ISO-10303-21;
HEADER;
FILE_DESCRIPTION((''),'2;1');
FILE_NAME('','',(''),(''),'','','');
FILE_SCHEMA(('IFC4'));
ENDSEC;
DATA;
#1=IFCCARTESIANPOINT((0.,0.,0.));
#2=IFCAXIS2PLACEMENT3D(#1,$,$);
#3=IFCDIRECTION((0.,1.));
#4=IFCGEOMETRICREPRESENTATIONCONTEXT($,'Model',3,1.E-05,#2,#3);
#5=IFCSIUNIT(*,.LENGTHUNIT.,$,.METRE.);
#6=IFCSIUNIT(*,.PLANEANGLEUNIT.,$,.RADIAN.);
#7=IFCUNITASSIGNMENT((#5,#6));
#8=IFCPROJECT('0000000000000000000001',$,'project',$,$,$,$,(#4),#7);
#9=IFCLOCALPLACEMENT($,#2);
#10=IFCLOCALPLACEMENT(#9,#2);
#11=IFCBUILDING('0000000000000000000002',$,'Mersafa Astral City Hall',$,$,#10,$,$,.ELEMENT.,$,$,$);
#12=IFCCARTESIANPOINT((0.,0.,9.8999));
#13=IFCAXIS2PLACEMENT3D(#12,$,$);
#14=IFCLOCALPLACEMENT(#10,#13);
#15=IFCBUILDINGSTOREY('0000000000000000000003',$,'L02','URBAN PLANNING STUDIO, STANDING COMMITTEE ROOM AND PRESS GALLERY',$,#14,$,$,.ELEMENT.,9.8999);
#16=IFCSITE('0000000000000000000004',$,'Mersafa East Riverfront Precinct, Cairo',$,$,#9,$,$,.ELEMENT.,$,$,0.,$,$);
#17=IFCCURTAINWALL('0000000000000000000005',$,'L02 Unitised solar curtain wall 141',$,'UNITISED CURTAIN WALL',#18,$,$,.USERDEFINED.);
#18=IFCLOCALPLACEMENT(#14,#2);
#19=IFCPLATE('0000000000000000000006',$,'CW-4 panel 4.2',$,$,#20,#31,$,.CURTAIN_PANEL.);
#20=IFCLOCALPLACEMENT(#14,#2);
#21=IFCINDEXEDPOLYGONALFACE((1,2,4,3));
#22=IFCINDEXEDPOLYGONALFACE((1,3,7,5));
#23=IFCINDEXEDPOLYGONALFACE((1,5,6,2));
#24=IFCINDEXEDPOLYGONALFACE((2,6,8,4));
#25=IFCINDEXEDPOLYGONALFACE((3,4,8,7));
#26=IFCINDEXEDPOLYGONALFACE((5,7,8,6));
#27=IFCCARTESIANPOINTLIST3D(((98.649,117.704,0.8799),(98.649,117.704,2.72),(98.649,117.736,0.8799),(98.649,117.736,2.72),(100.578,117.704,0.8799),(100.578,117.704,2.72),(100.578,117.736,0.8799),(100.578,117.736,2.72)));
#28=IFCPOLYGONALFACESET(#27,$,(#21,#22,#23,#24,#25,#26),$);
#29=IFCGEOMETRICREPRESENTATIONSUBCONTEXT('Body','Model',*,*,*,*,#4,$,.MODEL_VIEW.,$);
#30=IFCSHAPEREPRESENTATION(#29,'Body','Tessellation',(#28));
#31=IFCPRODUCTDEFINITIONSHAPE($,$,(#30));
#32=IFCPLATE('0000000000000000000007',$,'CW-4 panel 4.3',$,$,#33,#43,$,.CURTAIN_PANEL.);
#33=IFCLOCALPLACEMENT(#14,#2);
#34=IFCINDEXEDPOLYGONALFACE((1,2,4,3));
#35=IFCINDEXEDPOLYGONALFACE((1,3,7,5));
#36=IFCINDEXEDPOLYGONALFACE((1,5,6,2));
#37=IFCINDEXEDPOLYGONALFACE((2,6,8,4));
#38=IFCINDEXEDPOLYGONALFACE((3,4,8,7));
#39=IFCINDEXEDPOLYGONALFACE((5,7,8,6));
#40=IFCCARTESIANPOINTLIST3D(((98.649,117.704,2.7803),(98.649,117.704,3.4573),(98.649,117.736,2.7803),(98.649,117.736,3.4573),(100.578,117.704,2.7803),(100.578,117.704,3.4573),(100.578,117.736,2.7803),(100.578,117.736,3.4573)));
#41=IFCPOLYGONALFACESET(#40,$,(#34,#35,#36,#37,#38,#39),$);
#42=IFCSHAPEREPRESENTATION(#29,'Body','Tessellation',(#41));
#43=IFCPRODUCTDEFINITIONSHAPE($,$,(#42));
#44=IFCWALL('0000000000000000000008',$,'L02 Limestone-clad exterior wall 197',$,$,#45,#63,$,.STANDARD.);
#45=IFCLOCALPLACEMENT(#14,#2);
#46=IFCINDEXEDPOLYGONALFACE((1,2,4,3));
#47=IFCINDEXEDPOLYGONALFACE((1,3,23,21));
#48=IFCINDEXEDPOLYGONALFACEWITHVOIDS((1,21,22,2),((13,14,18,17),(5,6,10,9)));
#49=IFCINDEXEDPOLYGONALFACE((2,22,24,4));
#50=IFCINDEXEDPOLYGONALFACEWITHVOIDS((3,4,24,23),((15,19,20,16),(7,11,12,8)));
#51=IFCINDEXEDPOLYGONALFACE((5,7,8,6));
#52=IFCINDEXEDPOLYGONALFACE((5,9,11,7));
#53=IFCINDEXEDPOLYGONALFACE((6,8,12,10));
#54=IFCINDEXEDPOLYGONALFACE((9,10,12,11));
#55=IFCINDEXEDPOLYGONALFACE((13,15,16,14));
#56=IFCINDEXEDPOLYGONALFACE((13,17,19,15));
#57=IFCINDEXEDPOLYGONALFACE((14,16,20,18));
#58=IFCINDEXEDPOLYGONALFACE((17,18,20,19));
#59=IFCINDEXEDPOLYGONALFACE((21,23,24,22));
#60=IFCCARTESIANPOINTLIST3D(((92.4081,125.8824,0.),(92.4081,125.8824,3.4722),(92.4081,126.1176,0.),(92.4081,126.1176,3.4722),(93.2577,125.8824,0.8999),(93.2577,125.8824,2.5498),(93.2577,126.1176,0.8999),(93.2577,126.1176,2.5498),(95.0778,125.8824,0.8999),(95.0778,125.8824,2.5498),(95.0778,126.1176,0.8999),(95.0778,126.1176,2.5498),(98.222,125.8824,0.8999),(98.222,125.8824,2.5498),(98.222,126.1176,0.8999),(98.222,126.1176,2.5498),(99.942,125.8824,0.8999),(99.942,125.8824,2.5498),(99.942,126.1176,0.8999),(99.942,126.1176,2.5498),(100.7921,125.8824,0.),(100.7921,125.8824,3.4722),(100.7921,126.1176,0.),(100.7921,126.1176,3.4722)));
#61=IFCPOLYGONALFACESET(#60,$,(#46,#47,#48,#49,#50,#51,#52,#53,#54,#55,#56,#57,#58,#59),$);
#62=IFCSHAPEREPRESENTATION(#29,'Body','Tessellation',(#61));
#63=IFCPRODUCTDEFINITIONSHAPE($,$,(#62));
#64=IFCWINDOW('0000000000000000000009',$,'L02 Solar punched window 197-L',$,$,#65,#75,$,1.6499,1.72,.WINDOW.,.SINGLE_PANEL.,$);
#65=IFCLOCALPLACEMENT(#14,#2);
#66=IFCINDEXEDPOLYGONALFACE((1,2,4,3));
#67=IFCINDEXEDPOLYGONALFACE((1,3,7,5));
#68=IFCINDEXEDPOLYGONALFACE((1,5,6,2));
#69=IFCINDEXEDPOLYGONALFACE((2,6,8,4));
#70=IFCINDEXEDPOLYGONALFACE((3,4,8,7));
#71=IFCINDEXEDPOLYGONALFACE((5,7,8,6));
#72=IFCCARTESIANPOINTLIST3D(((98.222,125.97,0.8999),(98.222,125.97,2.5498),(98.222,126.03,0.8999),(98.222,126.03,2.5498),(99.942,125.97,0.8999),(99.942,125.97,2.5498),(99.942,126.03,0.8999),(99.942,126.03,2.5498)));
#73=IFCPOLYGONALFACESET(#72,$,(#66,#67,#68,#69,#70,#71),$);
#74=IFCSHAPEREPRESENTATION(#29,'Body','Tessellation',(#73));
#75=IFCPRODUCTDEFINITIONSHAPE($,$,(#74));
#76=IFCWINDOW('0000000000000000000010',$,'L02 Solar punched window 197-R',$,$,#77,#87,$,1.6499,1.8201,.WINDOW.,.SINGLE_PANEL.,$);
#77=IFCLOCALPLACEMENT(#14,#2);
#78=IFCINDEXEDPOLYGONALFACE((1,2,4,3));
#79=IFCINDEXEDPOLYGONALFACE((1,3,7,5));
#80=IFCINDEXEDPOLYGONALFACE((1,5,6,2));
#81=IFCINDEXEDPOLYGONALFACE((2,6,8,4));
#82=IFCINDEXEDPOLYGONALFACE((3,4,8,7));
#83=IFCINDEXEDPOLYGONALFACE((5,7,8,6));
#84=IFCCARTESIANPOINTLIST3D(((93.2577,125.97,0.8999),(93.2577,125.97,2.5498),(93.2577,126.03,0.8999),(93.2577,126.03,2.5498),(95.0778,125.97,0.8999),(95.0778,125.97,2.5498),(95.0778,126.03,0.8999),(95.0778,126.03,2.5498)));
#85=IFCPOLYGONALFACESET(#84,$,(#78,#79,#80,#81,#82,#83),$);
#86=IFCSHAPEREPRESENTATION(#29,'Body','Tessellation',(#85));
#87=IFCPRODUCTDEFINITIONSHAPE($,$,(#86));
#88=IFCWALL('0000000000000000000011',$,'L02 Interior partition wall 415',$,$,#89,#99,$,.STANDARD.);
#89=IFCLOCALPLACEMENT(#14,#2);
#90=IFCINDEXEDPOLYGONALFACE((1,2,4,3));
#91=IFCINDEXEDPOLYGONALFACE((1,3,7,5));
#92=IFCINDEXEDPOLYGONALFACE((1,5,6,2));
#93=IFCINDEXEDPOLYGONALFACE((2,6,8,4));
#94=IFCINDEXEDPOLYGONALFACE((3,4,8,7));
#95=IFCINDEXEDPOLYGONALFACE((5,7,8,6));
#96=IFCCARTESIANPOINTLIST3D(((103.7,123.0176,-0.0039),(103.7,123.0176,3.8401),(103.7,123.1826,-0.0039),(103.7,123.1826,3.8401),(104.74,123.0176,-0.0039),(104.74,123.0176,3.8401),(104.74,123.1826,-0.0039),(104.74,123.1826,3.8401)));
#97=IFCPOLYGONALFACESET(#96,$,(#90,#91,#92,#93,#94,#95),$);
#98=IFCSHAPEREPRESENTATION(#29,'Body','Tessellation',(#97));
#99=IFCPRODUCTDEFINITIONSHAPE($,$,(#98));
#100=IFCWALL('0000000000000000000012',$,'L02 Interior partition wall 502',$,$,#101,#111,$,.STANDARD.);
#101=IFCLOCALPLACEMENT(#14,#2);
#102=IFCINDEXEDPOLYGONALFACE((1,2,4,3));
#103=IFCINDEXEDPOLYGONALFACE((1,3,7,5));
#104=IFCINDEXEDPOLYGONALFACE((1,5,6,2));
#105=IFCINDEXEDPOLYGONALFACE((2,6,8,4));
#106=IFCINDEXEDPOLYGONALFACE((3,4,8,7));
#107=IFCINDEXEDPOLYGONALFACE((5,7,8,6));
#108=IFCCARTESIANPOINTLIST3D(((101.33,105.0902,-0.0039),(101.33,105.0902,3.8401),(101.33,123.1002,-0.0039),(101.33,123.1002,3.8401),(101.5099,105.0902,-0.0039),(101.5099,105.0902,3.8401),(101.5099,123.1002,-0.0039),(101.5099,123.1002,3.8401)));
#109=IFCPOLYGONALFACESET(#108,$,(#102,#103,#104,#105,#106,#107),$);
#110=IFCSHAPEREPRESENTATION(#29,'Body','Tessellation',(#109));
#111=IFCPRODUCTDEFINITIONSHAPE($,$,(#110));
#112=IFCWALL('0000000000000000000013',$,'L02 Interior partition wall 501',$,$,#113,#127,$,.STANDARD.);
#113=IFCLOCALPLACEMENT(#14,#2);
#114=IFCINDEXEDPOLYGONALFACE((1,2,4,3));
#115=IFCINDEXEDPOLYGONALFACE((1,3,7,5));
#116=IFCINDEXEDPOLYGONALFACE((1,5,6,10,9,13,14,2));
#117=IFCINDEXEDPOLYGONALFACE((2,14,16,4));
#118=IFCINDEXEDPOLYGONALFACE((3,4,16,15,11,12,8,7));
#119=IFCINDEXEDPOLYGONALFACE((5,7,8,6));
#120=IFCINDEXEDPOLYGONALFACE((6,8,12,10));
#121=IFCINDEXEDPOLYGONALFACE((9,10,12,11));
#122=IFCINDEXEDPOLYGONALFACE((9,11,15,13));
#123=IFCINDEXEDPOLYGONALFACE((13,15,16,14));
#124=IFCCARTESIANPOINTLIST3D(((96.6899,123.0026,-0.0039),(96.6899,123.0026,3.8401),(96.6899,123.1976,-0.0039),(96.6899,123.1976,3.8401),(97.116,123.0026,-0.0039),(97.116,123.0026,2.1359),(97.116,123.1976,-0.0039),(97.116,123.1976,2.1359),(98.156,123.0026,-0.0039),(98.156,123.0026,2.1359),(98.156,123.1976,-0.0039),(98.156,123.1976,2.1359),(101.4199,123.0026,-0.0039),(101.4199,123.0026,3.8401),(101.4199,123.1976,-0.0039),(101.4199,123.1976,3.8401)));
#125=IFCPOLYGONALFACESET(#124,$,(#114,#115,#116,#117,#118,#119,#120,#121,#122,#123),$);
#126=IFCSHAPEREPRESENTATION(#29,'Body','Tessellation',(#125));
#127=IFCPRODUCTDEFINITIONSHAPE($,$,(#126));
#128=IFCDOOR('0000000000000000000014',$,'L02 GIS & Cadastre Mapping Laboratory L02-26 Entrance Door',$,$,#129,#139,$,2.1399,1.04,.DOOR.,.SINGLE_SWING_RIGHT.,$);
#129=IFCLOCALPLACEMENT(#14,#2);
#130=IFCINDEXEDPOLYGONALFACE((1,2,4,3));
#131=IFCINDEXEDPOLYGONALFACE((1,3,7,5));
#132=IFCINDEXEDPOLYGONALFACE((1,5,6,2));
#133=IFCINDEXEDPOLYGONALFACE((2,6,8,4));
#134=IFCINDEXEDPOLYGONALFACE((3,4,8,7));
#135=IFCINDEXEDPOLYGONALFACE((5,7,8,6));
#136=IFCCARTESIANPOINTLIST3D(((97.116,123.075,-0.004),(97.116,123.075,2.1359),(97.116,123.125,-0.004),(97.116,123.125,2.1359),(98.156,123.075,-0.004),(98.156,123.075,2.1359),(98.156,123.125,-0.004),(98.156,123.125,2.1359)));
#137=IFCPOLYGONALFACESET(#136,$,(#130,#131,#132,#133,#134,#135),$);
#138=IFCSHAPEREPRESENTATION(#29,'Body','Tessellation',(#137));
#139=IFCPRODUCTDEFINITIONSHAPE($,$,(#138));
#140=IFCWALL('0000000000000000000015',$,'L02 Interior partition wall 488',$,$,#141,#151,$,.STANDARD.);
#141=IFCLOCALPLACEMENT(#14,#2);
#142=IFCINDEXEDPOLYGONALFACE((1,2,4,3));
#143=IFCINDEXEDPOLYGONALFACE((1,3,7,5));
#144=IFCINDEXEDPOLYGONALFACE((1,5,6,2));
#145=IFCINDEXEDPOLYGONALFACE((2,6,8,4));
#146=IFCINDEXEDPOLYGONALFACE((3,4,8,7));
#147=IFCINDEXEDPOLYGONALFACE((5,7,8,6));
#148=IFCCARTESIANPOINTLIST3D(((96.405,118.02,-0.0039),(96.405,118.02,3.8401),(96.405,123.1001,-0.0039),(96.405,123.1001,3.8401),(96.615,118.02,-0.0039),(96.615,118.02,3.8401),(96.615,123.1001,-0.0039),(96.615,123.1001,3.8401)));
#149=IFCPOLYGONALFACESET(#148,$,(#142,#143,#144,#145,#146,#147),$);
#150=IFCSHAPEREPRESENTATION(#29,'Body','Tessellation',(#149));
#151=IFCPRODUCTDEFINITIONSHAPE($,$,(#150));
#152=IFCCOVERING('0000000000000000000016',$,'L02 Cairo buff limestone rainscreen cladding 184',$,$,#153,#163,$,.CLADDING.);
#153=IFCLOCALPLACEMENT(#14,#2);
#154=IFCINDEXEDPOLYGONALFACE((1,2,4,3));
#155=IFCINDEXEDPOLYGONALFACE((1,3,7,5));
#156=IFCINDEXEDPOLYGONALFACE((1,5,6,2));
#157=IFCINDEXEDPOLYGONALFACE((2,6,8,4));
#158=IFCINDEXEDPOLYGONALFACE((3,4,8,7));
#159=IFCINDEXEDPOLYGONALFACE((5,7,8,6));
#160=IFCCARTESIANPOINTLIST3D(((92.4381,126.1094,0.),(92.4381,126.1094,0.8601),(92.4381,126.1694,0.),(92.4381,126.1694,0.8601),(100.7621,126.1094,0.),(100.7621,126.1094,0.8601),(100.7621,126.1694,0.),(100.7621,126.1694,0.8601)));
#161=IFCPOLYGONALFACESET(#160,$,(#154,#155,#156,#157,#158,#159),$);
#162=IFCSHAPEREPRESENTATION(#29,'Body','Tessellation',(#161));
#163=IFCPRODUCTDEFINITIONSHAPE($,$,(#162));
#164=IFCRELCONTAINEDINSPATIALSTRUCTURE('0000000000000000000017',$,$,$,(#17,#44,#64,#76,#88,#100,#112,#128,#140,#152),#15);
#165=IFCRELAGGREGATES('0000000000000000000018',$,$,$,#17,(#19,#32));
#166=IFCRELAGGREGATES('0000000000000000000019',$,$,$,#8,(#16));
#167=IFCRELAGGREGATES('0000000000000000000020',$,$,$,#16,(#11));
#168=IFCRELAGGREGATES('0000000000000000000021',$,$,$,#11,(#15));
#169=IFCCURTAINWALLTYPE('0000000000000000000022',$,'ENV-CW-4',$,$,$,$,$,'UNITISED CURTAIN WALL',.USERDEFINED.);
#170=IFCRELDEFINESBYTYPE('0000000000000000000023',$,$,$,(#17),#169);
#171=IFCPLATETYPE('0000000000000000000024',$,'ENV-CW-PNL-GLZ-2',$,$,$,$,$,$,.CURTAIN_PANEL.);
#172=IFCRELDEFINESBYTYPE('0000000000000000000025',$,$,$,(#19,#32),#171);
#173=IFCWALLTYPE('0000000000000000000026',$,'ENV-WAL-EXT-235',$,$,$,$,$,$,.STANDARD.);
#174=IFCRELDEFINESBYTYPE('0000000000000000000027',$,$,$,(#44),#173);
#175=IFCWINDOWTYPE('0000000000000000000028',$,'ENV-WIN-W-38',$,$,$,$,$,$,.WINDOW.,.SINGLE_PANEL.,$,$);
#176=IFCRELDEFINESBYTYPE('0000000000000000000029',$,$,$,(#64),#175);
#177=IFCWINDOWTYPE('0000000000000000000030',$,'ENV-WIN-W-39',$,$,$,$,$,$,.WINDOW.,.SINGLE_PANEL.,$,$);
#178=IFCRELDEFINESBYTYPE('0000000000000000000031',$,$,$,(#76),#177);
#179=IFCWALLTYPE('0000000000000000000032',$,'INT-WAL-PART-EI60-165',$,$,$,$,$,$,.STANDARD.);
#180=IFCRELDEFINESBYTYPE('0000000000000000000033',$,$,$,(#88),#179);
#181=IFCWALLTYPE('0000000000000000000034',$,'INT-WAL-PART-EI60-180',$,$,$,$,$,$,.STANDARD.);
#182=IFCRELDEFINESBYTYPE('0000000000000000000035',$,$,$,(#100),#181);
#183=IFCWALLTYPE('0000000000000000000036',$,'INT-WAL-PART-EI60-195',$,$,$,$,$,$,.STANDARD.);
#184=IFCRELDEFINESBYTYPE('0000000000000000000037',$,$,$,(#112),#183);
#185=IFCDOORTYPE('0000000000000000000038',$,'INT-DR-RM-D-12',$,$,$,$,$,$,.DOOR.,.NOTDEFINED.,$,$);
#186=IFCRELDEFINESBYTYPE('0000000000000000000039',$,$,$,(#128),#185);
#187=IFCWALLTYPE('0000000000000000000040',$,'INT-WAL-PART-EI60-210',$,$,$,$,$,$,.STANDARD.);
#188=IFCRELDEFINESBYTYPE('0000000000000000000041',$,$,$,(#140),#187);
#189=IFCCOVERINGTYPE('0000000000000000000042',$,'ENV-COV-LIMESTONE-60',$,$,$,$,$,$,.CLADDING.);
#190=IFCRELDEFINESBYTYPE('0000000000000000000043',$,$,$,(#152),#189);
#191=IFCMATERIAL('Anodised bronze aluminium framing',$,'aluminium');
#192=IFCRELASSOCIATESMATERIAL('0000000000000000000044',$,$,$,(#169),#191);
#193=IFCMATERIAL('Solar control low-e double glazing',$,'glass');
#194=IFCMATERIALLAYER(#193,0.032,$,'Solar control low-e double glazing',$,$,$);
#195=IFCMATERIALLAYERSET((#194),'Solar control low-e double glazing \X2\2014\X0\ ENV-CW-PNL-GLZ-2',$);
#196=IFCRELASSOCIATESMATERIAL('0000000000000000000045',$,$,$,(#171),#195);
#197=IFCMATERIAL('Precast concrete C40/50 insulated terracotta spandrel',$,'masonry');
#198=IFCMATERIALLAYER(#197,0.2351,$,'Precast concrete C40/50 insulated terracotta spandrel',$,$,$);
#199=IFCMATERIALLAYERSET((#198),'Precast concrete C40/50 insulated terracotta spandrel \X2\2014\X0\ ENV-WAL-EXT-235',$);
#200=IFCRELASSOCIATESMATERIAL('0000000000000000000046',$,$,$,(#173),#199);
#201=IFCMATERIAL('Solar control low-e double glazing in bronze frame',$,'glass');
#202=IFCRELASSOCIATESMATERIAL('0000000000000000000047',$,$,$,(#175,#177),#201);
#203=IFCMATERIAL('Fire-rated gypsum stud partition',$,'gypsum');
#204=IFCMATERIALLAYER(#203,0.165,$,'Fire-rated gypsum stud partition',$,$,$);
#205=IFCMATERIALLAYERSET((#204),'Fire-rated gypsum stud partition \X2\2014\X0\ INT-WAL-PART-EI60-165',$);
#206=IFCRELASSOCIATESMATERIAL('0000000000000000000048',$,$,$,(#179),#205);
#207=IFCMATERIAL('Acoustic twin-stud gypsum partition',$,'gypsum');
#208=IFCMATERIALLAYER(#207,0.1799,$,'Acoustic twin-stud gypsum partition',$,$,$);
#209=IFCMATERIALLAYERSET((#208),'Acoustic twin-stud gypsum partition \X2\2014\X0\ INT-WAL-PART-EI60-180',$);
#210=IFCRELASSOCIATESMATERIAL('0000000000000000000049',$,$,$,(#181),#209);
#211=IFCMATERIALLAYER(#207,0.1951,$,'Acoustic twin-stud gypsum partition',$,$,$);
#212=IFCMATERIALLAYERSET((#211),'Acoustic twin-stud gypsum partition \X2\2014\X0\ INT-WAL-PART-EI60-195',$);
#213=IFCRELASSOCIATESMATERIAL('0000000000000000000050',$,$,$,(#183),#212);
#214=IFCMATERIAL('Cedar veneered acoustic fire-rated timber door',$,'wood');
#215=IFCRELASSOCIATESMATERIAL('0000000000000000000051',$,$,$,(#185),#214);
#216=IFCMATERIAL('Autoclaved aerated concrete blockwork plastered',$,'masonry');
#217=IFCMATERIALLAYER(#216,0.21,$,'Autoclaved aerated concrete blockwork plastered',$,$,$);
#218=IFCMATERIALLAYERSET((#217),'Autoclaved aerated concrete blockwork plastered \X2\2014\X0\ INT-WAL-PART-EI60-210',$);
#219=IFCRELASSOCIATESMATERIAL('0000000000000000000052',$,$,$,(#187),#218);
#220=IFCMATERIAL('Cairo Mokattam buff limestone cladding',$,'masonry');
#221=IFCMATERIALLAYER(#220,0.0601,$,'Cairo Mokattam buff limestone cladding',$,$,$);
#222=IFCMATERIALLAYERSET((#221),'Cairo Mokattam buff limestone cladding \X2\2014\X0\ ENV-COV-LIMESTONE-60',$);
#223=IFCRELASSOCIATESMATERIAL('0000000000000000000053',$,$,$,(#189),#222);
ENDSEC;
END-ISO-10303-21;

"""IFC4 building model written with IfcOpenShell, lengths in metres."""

from ifc_helpers import new_model, si_unit, direction, frame, frame_2d, origin, origin_2d, place, context, subcontext, project, spatial, rectangle, extrude, material, layer, layer_set, type_object, element, fill, aggregate, save


model = new_model("IFC4")

# Units and contexts
model_context = context("Model", 3, precision=1e-05, world=origin(), true_north=direction((0.0, 1.0)))
body_context = subcontext(model_context, "Body", "Model", "MODEL_VIEW")
ifc_project = project(units=[si_unit("LENGTHUNIT", "METRE"), si_unit("PLANEANGLEUNIT", "RADIAN")], contexts=[model_context])

# Site, building, storey
site_placement = place(None, origin())
site = spatial("IfcSite", under=ifc_project, at=site_placement, Name="Mersafa East Riverfront Precinct, Cairo", CompositionType="ELEMENT", RefElevation=0.0)
building_placement = place(site_placement, origin())
building = spatial("IfcBuilding", under=site, at=building_placement, Name="Mersafa Astral City Hall", CompositionType="ELEMENT")
storey_placement = place(building_placement, frame((0.0, 0.0, 9.8999)))
storey = spatial("IfcBuildingStorey", under=building, at=storey_placement, Name="L02", Description="URBAN PLANNING STUDIO, STANDING COMMITTEE ROOM AND PRESS GALLERY", CompositionType="ELEMENT", Elevation=9.8999)

# Shared definitions
ifc_material_1 = material(Name="Anodised bronze aluminium framing", Category="aluminium")
curtain_wall_type = type_object("IfcCurtainWallType", Name="ENV-CW-4", ElementType="UNITISED CURTAIN WALL", PredefinedType="USERDEFINED", material=ifc_material_1)

# Curtain wall
curtain_wall_1_placement = place(storey_placement, origin())
curtain_wall_1 = element("IfcCurtainWall", 1, at=curtain_wall_1_placement, inside=storey, type_object=curtain_wall_type, Name="L02 Unitised solar curtain wall 141", ObjectType="UNITISED CURTAIN WALL", PredefinedType="USERDEFINED")

# Plates
ifc_material_2 = material(Name="Solar control low-e double glazing", Category="glass")
ifc_layer_1 = layer(ifc_material_2, 0.032, Name="Solar control low-e double glazing")
ifc_layer_set_1 = layer_set([ifc_layer_1], Name="Solar control low-e double glazing — ENV-CW-PNL-GLZ-2")
plate_type = type_object("IfcPlateType", Name="ENV-CW-PNL-GLZ-2", PredefinedType="CURTAIN_PANEL", material=ifc_layer_set_1)
plate_1_placement = place(storey_placement, frame((99.6135, 117.72, 0.8799), z_axis=(0.0, 0.0, 1.0), x_axis=(1.0, 0.0, 0.0)))
plate_1 = element("IfcPlate", 2, at=plate_1_placement, type_object=plate_type, Name="CW-4 panel 4.2", PredefinedType="CURTAIN_PANEL", context=body_context, shape_type="SweptSolid", body=[
    extrude(rectangle(XDim=1.929, YDim=0.032, at=origin_2d()), origin(), (0.0, 0.0, 1.0), 1.8401),
])
plate_2_placement = place(storey_placement, frame((99.6135, 117.72, 2.7803), z_axis=(0.0, 0.0, 1.0), x_axis=(1.0, 0.0, 0.0)))
plate_2 = element("IfcPlate", 3, at=plate_2_placement, type_object=plate_type, Name="CW-4 panel 4.3", PredefinedType="CURTAIN_PANEL", context=body_context, shape_type="SweptSolid", body=[
    extrude(rectangle(XDim=1.929, YDim=0.032, at=origin_2d()), origin(), (0.0, 0.0, 1.0), 0.677),
])
aggregate(curtain_wall_1, [plate_1, plate_2])

# Wall, openings, windows
ifc_material_3 = material(Name="Precast concrete C40/50 insulated terracotta spandrel", Category="masonry")
ifc_layer_2 = layer(ifc_material_3, 0.2351, Name="Precast concrete C40/50 insulated terracotta spandrel")
ifc_layer_set_2 = layer_set([ifc_layer_2], Name="Precast concrete C40/50 insulated terracotta spandrel — ENV-WAL-EXT-235")
wall_type_1 = type_object("IfcWallType", Name="ENV-WAL-EXT-235", PredefinedType="STANDARD", material=ifc_layer_set_2)
wall_1_placement = place(storey_placement, frame((100.792, 126.0, 0.0), z_axis=(0.0, 0.0, 1.0), x_axis=(-1.0, 0.0, 0.0)))
wall_1 = element("IfcWall", 4, at=wall_1_placement, inside=storey, type_object=wall_type_1, Name="L02 Limestone-clad exterior wall 197", PredefinedType="STANDARD", context=body_context, shape_type="SweptSolid", body=[
    extrude(rectangle(XDim=8.384, YDim=0.2351, at=frame_2d((4.1919, 0.0))), origin(), (0.0, 0.0, 1.0), 3.4722),
])
opening_1_placement = place(wall_1_placement, frame((0.8501, 0.0, 0.8999)))
opening_1 = element("IfcOpeningElement", 5, at=opening_1_placement, cuts=wall_1, PredefinedType="OPENING", context=body_context, shape_type="SweptSolid", body=[
    extrude(rectangle(XDim=1.72, YDim=1.6499, at=frame_2d((0.8599, 0.825))), frame((0.0, 0.1274, 0.0), z_axis=(0.0, -1.0, 0.0), x_axis=(1.0, 0.0, 0.0)), (0.0, 0.0, 1.0), 0.2551),
])
opening_2_placement = place(wall_1_placement, frame((5.7141, 0.0, 0.8999)))
opening_2 = element("IfcOpeningElement", 6, at=opening_2_placement, cuts=wall_1, PredefinedType="OPENING", context=body_context, shape_type="SweptSolid", body=[
    extrude(rectangle(XDim=1.8201, YDim=1.6499, at=frame_2d((0.9102, 0.825))), frame((0.0, 0.1274, 0.0), z_axis=(0.0, -1.0, 0.0), x_axis=(1.0, 0.0, 0.0)), (0.0, 0.0, 1.0), 0.2551),
])
ifc_material_4 = material(Name="Solar control low-e double glazing in bronze frame", Category="glass")
window_type_1 = type_object("IfcWindowType", Name="ENV-WIN-W-38", PartitioningType="SINGLE_PANEL", PredefinedType="WINDOW", material=ifc_material_4)
window_1_placement = place(opening_1_placement, origin())
window_1 = element("IfcWindow", 7, at=window_1_placement, inside=storey, type_object=window_type_1, Name="L02 Solar punched window 197-L", OverallHeight=1.6499, OverallWidth=1.72, PartitioningType="SINGLE_PANEL", PredefinedType="WINDOW", context=body_context, shape_type="SweptSolid", body=[
    extrude(rectangle(XDim=1.72, YDim=1.6499, at=frame_2d((0.8599, 0.825))), frame((0.0, 0.03, 0.0), z_axis=(0.0, -1.0, 0.0), x_axis=(1.0, 0.0, 0.0)), (0.0, 0.0, 1.0), 0.0601),
])
fill(opening_1, window_1)
window_type_2 = type_object("IfcWindowType", Name="ENV-WIN-W-39", PartitioningType="SINGLE_PANEL", PredefinedType="WINDOW", material=ifc_material_4)
window_2_placement = place(opening_2_placement, origin())
window_2 = element("IfcWindow", 8, at=window_2_placement, inside=storey, type_object=window_type_2, Name="L02 Solar punched window 197-R", OverallHeight=1.6499, OverallWidth=1.8201, PartitioningType="SINGLE_PANEL", PredefinedType="WINDOW", context=body_context, shape_type="SweptSolid", body=[
    extrude(rectangle(XDim=1.8201, YDim=1.6499, at=frame_2d((0.9102, 0.825))), frame((0.0, 0.03, 0.0), z_axis=(0.0, -1.0, 0.0), x_axis=(1.0, 0.0, 0.0)), (0.0, 0.0, 1.0), 0.0601),
])
fill(opening_2, window_2)

# Walls
ifc_material_5 = material(Name="Fire-rated gypsum stud partition", Category="gypsum")
ifc_layer_3 = layer(ifc_material_5, 0.165, Name="Fire-rated gypsum stud partition")
ifc_layer_set_3 = layer_set([ifc_layer_3], Name="Fire-rated gypsum stud partition — INT-WAL-PART-EI60-165")
wall_type_2 = type_object("IfcWallType", Name="INT-WAL-PART-EI60-165", PredefinedType="STANDARD", material=ifc_layer_set_3)
wall_2_placement = place(storey_placement, frame((103.7, 123.1001, -0.0039), z_axis=(0.0, 0.0, 1.0), x_axis=(1.0, 0.0, 0.0)))
element("IfcWall", 9, at=wall_2_placement, inside=storey, type_object=wall_type_2, Name="L02 Interior partition wall 415", PredefinedType="STANDARD", context=body_context, shape_type="SweptSolid", body=[
    extrude(rectangle(XDim=1.04, YDim=0.165, at=frame_2d((0.52, 0.0))), origin(), (0.0, 0.0, 1.0), 3.844),
])
ifc_material_6 = material(Name="Acoustic twin-stud gypsum partition", Category="gypsum")
ifc_layer_4 = layer(ifc_material_6, 0.1799, Name="Acoustic twin-stud gypsum partition")
ifc_layer_set_4 = layer_set([ifc_layer_4], Name="Acoustic twin-stud gypsum partition — INT-WAL-PART-EI60-180")
wall_type_3 = type_object("IfcWallType", Name="INT-WAL-PART-EI60-180", PredefinedType="STANDARD", material=ifc_layer_set_4)
wall_3_placement = place(storey_placement, frame((101.4199, 123.1001, -0.0039), z_axis=(0.0, 0.0, 1.0), x_axis=(0.0, -1.0, 0.0)))
element("IfcWall", 10, at=wall_3_placement, inside=storey, type_object=wall_type_3, Name="L02 Interior partition wall 502", PredefinedType="STANDARD", context=body_context, shape_type="SweptSolid", body=[
    extrude(rectangle(XDim=18.01, YDim=0.1799, at=frame_2d((9.0049, 0.0))), origin(), (0.0, 0.0, 1.0), 3.844),
])

# Wall, opening, door
ifc_layer_5 = layer(ifc_material_6, 0.1951, Name="Acoustic twin-stud gypsum partition")
ifc_layer_set_5 = layer_set([ifc_layer_5], Name="Acoustic twin-stud gypsum partition — INT-WAL-PART-EI60-195")
wall_type_4 = type_object("IfcWallType", Name="INT-WAL-PART-EI60-195", PredefinedType="STANDARD", material=ifc_layer_set_5)
wall_4_placement = place(storey_placement, frame((96.6899, 123.1001, -0.0039), z_axis=(0.0, 0.0, 1.0), x_axis=(1.0, 0.0, 0.0)))
wall_4 = element("IfcWall", 11, at=wall_4_placement, inside=storey, type_object=wall_type_4, Name="L02 Interior partition wall 501", PredefinedType="STANDARD", context=body_context, shape_type="SweptSolid", body=[
    extrude(rectangle(XDim=4.73, YDim=0.1951, at=frame_2d((2.365, 0.0))), origin(), (0.0, 0.0, 1.0), 3.844),
])
opening_3_placement = place(wall_4_placement, frame((0.426, 0.0, 0.0)))
opening_3 = element("IfcOpeningElement", 12, at=opening_3_placement, cuts=wall_4, PredefinedType="OPENING", context=body_context, shape_type="SweptSolid", body=[
    extrude(rectangle(XDim=1.04, YDim=2.1399, at=frame_2d((0.52, 1.0698))), frame((0.0, 0.1074, 0.0), z_axis=(0.0, -1.0, 0.0), x_axis=(1.0, 0.0, 0.0)), (0.0, 0.0, 1.0), 0.2151),
])
ifc_material_7 = material(Name="Cedar veneered acoustic fire-rated timber door", Category="wood")
door_type = type_object("IfcDoorType", Name="INT-DR-RM-D-12", OperationType="NOTDEFINED", PredefinedType="DOOR", material=ifc_material_7)
door_placement = place(opening_3_placement, origin())
door = element("IfcDoor", 13, at=door_placement, inside=storey, type_object=door_type, Name="L02 GIS & Cadastre Mapping Laboratory L02-26 Entrance Door", OperationType="SINGLE_SWING_RIGHT", OverallHeight=2.1399, OverallWidth=1.04, PredefinedType="DOOR", context=body_context, shape_type="SweptSolid", body=[
    extrude(rectangle(XDim=1.04, YDim=2.1399, at=frame_2d((0.52, 1.0698))), frame((0.0, 0.0249, 0.0), z_axis=(0.0, -1.0, 0.0), x_axis=(1.0, 0.0, 0.0)), (0.0, 0.0, 1.0), 0.05),
])
fill(opening_3, door)

# Wall
ifc_material_8 = material(Name="Autoclaved aerated concrete blockwork plastered", Category="masonry")
ifc_layer_6 = layer(ifc_material_8, 0.21, Name="Autoclaved aerated concrete blockwork plastered")
ifc_layer_set_6 = layer_set([ifc_layer_6], Name="Autoclaved aerated concrete blockwork plastered — INT-WAL-PART-EI60-210")
wall_type_5 = type_object("IfcWallType", Name="INT-WAL-PART-EI60-210", PredefinedType="STANDARD", material=ifc_layer_set_6)
wall_5_placement = place(storey_placement, frame((96.51, 123.1001, -0.0039), z_axis=(0.0, 0.0, 1.0), x_axis=(0.0, -1.0, 0.0)))
element("IfcWall", 14, at=wall_5_placement, inside=storey, type_object=wall_type_5, Name="L02 Interior partition wall 488", PredefinedType="STANDARD", context=body_context, shape_type="SweptSolid", body=[
    extrude(rectangle(XDim=5.0801, YDim=0.21, at=frame_2d((2.54, 0.0))), origin(), (0.0, 0.0, 1.0), 3.844),
])

# Covering
ifc_material_9 = material(Name="Cairo Mokattam buff limestone cladding", Category="masonry")
ifc_layer_7 = layer(ifc_material_9, 0.0601, Name="Cairo Mokattam buff limestone cladding")
ifc_layer_set_7 = layer_set([ifc_layer_7], Name="Cairo Mokattam buff limestone cladding — ENV-COV-LIMESTONE-60")
covering_type = type_object("IfcCoveringType", Name="ENV-COV-LIMESTONE-60", PredefinedType="CLADDING", material=ifc_layer_set_7)
covering_placement = place(storey_placement, frame((96.6001, 126.1394, 0.0), z_axis=(0.0, 0.0, 1.0), x_axis=(-1.0, 0.0, 0.0)))
element("IfcCovering", 15, at=covering_placement, inside=storey, type_object=covering_type, Name="L02 Cairo buff limestone rainscreen cladding 184", PredefinedType="CLADDING", context=body_context, shape_type="SweptSolid", body=[
    extrude(rectangle(XDim=8.324, YDim=0.0601, at=origin_2d()), origin(), (0.0, 0.0, 1.0), 0.8601),
])

save(model, "model.ifc")
